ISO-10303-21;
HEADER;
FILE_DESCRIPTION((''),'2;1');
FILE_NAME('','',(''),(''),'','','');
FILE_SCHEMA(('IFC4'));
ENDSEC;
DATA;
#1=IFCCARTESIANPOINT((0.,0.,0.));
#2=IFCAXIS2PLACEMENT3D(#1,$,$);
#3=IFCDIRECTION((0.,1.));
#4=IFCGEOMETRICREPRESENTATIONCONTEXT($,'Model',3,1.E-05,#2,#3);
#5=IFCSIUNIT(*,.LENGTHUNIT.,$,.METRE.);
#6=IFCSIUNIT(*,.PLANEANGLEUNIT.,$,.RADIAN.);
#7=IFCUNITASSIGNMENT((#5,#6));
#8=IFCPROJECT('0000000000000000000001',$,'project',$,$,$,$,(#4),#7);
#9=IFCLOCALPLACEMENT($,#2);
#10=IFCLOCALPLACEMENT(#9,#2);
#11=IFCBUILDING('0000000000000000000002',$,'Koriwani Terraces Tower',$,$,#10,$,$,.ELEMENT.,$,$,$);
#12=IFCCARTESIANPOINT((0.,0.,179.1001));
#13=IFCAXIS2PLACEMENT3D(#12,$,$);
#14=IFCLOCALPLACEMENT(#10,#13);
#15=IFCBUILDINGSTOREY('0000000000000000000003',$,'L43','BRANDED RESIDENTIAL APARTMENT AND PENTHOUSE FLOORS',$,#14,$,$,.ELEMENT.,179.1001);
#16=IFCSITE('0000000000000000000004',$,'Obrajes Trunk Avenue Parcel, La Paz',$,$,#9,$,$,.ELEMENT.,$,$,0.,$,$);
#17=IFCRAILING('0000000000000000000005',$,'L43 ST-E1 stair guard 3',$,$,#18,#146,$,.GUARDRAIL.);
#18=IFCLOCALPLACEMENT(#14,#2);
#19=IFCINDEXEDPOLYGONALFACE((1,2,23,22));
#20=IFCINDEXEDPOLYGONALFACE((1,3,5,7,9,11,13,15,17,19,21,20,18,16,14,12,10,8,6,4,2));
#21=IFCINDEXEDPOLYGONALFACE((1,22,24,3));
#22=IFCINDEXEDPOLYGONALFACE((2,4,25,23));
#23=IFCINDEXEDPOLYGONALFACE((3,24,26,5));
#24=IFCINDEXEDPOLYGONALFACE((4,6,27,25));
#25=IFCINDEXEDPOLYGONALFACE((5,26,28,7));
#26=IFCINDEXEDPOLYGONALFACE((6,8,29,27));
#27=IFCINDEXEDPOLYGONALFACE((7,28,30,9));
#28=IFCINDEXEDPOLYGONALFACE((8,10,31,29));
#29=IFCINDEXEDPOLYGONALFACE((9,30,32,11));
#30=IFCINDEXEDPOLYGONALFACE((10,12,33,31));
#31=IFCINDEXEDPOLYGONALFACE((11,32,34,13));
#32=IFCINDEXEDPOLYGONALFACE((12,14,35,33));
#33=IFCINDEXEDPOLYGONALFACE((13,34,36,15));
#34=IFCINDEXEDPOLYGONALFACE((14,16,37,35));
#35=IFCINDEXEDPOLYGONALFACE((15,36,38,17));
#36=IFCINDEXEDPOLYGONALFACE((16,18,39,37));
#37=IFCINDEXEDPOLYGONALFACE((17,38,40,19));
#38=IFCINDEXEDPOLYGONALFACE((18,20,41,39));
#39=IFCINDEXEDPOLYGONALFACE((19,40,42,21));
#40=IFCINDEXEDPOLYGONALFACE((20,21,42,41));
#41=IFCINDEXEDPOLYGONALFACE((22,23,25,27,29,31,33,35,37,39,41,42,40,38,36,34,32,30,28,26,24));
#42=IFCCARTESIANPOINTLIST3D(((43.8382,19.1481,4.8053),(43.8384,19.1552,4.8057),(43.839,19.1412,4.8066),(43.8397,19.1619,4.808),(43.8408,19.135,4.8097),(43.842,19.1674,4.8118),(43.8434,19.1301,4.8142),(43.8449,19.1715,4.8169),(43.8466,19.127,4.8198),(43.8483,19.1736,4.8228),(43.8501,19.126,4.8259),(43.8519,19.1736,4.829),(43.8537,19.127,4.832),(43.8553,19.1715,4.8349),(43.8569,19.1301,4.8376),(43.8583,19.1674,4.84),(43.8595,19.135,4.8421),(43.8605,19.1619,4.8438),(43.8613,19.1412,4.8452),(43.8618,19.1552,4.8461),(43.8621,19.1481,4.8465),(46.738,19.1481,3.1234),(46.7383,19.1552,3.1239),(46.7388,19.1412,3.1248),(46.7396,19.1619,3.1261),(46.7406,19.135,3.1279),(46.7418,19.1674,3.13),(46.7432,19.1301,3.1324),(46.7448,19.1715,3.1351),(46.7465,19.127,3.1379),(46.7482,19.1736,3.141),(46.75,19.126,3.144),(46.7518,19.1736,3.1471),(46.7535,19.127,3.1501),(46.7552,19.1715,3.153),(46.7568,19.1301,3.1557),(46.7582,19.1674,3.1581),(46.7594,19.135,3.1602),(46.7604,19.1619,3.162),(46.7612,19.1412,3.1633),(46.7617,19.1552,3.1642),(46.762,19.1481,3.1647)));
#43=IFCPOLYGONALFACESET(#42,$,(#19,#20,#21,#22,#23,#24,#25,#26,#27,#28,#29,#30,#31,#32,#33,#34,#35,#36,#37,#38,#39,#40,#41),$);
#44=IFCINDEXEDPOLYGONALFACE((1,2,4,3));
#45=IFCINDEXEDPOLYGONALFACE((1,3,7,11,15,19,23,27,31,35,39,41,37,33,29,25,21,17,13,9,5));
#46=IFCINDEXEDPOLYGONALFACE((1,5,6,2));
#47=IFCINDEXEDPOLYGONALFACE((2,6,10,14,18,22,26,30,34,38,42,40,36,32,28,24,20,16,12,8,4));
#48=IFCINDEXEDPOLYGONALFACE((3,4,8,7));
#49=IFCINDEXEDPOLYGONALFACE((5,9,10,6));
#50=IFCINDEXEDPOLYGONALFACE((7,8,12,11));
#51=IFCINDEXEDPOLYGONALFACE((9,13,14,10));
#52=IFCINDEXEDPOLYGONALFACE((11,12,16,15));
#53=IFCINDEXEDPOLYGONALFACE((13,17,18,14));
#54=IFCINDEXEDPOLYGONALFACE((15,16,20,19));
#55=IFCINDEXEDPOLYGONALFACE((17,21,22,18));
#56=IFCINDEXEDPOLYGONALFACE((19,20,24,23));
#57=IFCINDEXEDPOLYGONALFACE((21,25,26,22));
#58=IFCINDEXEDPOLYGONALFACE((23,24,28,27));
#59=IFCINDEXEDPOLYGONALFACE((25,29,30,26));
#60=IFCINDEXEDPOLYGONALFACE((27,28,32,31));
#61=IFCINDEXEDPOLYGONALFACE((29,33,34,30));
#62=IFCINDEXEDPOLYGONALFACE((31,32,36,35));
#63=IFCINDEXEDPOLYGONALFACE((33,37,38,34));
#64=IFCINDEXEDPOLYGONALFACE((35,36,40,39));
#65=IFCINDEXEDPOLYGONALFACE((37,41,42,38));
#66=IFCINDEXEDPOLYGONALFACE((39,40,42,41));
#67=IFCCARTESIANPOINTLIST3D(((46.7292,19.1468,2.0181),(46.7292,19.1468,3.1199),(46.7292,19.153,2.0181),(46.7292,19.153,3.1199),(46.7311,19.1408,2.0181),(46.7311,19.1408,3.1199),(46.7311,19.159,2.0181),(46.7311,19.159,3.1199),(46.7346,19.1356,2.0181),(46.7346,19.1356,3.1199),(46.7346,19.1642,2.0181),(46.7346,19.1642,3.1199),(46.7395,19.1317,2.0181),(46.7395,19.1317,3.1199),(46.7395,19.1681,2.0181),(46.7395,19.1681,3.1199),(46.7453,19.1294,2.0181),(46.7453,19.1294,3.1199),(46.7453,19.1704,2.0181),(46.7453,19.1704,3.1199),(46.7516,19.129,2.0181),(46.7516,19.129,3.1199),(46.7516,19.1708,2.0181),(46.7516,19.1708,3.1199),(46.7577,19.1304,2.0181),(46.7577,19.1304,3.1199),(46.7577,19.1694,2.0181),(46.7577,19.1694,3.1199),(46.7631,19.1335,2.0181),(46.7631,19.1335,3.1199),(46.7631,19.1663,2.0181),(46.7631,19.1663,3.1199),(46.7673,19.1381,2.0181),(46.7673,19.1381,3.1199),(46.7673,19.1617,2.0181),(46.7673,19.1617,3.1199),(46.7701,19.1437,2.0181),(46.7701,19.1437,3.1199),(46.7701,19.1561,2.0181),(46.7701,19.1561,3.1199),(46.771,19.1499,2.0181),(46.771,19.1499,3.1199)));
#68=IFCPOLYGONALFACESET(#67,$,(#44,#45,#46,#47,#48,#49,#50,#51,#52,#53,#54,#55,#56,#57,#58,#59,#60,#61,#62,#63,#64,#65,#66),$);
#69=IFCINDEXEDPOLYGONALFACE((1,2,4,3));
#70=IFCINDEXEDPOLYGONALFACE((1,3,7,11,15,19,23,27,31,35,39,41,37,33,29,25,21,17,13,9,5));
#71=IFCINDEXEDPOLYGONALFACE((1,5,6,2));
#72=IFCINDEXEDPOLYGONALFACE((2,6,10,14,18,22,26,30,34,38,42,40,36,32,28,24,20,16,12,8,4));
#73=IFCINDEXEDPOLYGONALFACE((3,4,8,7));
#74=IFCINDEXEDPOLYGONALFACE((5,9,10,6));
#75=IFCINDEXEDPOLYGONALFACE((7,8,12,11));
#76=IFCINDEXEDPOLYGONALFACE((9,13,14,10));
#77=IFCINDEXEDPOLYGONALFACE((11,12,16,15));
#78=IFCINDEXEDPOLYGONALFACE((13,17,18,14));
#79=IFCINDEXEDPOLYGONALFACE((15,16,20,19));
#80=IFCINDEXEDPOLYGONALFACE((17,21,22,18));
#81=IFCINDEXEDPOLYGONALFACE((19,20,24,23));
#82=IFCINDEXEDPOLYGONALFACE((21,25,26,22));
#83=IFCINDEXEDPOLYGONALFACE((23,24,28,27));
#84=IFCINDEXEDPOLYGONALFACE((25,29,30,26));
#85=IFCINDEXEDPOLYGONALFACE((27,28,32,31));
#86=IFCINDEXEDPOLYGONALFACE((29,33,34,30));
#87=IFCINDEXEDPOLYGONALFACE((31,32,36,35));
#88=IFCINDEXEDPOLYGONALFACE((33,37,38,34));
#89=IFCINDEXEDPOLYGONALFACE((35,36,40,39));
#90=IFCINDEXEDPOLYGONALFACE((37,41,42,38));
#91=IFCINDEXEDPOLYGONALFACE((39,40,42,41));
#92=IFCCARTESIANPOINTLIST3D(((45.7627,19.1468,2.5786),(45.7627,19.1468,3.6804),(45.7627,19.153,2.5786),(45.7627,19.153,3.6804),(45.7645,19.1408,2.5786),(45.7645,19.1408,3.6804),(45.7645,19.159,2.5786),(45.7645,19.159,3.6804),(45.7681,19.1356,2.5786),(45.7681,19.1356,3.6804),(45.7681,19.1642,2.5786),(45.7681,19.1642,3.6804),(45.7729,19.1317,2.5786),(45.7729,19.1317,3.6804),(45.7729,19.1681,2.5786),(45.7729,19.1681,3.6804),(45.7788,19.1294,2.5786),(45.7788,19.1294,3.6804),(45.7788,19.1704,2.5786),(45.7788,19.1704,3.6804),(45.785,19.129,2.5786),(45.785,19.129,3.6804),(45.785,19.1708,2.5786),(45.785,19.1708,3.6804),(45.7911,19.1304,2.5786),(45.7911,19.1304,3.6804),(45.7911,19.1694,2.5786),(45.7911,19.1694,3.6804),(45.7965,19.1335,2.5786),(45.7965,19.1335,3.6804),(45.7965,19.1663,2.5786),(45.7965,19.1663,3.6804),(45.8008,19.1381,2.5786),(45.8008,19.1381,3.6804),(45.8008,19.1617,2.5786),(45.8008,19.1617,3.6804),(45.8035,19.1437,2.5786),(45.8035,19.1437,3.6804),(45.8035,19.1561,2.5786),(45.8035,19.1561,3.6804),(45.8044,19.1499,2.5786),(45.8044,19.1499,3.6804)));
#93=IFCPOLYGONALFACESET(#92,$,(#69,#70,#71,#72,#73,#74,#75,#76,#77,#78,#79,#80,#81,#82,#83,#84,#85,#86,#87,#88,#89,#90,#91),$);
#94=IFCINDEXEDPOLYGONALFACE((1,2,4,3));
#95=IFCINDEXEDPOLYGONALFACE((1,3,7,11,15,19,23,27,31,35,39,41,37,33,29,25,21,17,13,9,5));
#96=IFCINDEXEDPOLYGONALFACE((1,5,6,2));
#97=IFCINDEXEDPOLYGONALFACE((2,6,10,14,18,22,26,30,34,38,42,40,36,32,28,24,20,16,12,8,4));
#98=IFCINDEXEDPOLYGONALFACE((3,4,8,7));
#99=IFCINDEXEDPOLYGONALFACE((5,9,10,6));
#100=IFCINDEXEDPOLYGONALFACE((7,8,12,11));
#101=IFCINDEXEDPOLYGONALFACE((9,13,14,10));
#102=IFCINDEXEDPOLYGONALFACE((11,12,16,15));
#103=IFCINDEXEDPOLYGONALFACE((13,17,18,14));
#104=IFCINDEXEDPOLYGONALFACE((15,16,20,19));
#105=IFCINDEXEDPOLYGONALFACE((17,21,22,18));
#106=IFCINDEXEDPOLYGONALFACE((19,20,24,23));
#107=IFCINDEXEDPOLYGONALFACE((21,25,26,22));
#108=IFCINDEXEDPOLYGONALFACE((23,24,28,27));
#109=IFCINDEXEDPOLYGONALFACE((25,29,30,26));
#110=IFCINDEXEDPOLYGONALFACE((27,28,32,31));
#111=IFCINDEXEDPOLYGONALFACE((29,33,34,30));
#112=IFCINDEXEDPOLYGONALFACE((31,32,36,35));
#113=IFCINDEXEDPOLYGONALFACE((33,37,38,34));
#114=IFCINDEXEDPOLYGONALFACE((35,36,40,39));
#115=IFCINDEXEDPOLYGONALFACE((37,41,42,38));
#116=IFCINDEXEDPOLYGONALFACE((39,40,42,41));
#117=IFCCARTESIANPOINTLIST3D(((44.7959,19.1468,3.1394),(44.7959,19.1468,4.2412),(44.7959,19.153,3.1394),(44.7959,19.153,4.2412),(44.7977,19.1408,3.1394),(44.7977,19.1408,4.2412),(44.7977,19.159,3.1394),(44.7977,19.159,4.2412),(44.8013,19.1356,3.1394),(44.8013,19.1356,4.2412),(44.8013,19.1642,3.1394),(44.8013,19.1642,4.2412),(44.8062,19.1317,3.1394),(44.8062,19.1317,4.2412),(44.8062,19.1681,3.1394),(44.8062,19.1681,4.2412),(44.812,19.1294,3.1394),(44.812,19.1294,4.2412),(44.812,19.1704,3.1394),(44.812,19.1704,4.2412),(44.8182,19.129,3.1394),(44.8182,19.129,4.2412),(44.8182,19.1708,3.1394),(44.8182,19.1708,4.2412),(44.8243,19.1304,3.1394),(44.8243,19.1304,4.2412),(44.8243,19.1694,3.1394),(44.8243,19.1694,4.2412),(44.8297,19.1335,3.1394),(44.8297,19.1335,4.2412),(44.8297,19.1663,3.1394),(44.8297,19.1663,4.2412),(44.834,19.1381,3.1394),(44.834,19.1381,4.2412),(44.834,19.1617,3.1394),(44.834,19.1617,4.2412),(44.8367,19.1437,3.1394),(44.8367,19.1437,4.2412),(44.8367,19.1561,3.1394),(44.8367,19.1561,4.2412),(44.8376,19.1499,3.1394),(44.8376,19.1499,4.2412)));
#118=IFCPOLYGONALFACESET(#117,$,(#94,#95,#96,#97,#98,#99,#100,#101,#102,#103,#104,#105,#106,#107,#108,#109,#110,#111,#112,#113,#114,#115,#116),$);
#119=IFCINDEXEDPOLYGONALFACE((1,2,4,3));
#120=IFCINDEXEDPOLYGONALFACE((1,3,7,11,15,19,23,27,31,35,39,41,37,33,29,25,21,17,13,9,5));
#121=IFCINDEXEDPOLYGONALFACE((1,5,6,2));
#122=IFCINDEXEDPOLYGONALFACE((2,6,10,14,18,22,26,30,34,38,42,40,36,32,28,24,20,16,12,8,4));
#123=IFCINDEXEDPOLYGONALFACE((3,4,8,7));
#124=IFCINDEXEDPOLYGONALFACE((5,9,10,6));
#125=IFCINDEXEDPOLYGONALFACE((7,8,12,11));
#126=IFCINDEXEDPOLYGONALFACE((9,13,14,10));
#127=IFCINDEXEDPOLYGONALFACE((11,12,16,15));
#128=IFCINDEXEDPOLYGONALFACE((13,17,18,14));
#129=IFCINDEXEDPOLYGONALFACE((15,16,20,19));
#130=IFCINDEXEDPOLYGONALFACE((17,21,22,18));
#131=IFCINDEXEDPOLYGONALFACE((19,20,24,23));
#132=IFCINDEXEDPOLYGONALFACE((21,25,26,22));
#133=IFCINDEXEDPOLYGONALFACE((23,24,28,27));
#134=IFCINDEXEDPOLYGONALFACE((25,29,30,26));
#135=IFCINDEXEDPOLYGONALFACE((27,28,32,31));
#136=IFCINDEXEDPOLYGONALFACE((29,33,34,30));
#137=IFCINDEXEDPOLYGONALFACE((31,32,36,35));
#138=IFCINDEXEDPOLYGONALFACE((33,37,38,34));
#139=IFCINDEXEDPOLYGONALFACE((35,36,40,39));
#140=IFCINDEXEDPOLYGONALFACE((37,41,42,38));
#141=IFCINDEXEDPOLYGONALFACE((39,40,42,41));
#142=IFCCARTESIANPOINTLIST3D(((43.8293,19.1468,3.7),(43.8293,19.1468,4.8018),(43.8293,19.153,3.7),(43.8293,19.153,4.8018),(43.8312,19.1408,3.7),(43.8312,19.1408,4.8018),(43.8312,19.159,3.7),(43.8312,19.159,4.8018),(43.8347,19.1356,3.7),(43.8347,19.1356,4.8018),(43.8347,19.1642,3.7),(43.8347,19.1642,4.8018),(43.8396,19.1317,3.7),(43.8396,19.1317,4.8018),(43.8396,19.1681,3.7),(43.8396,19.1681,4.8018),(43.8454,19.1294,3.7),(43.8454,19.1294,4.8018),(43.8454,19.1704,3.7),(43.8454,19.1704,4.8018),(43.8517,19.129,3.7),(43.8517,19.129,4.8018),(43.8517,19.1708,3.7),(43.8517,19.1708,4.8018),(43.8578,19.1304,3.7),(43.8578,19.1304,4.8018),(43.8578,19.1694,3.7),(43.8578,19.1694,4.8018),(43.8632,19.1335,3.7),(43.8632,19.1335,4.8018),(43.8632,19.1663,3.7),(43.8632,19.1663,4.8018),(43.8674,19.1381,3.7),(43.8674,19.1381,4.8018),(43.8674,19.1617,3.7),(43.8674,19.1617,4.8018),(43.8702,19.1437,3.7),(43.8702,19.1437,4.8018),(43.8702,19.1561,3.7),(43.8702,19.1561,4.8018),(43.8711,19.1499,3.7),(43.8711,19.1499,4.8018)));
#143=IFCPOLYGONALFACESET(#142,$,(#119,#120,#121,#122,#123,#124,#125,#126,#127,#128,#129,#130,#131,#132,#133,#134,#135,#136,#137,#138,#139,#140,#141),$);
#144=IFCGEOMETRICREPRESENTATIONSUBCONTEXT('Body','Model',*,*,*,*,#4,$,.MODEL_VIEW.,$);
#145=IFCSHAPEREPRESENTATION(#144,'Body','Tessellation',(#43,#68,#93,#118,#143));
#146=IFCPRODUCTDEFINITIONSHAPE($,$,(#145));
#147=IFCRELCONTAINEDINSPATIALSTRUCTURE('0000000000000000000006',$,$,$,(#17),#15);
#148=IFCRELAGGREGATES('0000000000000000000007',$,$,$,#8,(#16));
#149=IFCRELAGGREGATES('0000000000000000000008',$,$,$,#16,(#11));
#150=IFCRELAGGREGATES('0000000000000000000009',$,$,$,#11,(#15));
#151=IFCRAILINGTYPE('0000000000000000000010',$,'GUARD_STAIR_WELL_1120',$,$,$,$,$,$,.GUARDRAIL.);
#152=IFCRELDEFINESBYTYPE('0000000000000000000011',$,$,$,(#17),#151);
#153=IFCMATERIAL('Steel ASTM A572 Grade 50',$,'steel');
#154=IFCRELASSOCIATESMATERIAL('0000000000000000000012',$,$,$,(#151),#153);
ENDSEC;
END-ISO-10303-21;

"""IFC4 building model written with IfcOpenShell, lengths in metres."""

from ifc_helpers import new_model, si_unit, direction, frame, origin, origin_2d, place, context, subcontext, project, spatial, circle, extrude, material, type_object, element, save


model = new_model("IFC4")

# Units and contexts
model_context = context("Model", 3, precision=1e-05, world=origin(), true_north=direction((0.0, 1.0)))
body_context = subcontext(model_context, "Body", "Model", "MODEL_VIEW")
ifc_project = project(units=[si_unit("LENGTHUNIT", "METRE"), si_unit("PLANEANGLEUNIT", "RADIAN")], contexts=[model_context])

# Site, building, storey
site_placement = place(None, origin())
site = spatial("IfcSite", under=ifc_project, at=site_placement, Name="Obrajes Trunk Avenue Parcel, La Paz", CompositionType="ELEMENT", RefElevation=0.0)
building_placement = place(site_placement, origin())
building = spatial("IfcBuilding", under=site, at=building_placement, Name="Koriwani Terraces Tower", CompositionType="ELEMENT")
storey_placement = place(building_placement, frame((0.0, 0.0, 179.1001)))
storey = spatial("IfcBuildingStorey", under=building, at=storey_placement, Name="L43", Description="BRANDED RESIDENTIAL APARTMENT AND PENTHOUSE FLOORS", CompositionType="ELEMENT", Elevation=179.1001)

# Shared definitions
ifc_material_1 = material(Name="Steel ASTM A572 Grade 50", Category="steel")

# Railing
railing_type_1 = type_object("IfcRailingType", Name="GUARD_STAIR_WELL_1120", PredefinedType="GUARDRAIL", material=ifc_material_1)
railing_1_placement = place(storey_placement, frame((46.75, 19.1499, 2.0181)))
element("IfcRailing", 1, at=railing_1_placement, inside=storey, type_object=railing_type_1, Name="L43 ST-E1 stair guard 3", PredefinedType="GUARDRAIL", context=body_context, shape_type="SweptSolid", body=[
    extrude(circle(Radius=0.0239, at=origin_2d()), frame((0.0, 0.0, 1.126), z_axis=(-0.865039, 0.0, 0.501705), x_axis=(0.0, -1.0, 0.0)), (0.0, 0.0, 1.0), 3.3523),
    extrude(circle(Radius=0.021, at=origin_2d()), origin(), (0.0, 0.0, 1.0), 1.1018),
    extrude(circle(Radius=0.021, at=origin_2d()), frame((-0.9666, 0.0, 0.5605)), (0.0, 0.0, 1.0), 1.1018),
    extrude(circle(Radius=0.021, at=origin_2d()), frame((-1.9333, 0.0, 1.1213)), (0.0, 0.0, 1.0), 1.1018),
    extrude(circle(Radius=0.021, at=origin_2d()), frame((-2.8999, 0.0, 1.6819)), (0.0, 0.0, 1.0), 1.1018),
])

save(model, "model.ifc")
